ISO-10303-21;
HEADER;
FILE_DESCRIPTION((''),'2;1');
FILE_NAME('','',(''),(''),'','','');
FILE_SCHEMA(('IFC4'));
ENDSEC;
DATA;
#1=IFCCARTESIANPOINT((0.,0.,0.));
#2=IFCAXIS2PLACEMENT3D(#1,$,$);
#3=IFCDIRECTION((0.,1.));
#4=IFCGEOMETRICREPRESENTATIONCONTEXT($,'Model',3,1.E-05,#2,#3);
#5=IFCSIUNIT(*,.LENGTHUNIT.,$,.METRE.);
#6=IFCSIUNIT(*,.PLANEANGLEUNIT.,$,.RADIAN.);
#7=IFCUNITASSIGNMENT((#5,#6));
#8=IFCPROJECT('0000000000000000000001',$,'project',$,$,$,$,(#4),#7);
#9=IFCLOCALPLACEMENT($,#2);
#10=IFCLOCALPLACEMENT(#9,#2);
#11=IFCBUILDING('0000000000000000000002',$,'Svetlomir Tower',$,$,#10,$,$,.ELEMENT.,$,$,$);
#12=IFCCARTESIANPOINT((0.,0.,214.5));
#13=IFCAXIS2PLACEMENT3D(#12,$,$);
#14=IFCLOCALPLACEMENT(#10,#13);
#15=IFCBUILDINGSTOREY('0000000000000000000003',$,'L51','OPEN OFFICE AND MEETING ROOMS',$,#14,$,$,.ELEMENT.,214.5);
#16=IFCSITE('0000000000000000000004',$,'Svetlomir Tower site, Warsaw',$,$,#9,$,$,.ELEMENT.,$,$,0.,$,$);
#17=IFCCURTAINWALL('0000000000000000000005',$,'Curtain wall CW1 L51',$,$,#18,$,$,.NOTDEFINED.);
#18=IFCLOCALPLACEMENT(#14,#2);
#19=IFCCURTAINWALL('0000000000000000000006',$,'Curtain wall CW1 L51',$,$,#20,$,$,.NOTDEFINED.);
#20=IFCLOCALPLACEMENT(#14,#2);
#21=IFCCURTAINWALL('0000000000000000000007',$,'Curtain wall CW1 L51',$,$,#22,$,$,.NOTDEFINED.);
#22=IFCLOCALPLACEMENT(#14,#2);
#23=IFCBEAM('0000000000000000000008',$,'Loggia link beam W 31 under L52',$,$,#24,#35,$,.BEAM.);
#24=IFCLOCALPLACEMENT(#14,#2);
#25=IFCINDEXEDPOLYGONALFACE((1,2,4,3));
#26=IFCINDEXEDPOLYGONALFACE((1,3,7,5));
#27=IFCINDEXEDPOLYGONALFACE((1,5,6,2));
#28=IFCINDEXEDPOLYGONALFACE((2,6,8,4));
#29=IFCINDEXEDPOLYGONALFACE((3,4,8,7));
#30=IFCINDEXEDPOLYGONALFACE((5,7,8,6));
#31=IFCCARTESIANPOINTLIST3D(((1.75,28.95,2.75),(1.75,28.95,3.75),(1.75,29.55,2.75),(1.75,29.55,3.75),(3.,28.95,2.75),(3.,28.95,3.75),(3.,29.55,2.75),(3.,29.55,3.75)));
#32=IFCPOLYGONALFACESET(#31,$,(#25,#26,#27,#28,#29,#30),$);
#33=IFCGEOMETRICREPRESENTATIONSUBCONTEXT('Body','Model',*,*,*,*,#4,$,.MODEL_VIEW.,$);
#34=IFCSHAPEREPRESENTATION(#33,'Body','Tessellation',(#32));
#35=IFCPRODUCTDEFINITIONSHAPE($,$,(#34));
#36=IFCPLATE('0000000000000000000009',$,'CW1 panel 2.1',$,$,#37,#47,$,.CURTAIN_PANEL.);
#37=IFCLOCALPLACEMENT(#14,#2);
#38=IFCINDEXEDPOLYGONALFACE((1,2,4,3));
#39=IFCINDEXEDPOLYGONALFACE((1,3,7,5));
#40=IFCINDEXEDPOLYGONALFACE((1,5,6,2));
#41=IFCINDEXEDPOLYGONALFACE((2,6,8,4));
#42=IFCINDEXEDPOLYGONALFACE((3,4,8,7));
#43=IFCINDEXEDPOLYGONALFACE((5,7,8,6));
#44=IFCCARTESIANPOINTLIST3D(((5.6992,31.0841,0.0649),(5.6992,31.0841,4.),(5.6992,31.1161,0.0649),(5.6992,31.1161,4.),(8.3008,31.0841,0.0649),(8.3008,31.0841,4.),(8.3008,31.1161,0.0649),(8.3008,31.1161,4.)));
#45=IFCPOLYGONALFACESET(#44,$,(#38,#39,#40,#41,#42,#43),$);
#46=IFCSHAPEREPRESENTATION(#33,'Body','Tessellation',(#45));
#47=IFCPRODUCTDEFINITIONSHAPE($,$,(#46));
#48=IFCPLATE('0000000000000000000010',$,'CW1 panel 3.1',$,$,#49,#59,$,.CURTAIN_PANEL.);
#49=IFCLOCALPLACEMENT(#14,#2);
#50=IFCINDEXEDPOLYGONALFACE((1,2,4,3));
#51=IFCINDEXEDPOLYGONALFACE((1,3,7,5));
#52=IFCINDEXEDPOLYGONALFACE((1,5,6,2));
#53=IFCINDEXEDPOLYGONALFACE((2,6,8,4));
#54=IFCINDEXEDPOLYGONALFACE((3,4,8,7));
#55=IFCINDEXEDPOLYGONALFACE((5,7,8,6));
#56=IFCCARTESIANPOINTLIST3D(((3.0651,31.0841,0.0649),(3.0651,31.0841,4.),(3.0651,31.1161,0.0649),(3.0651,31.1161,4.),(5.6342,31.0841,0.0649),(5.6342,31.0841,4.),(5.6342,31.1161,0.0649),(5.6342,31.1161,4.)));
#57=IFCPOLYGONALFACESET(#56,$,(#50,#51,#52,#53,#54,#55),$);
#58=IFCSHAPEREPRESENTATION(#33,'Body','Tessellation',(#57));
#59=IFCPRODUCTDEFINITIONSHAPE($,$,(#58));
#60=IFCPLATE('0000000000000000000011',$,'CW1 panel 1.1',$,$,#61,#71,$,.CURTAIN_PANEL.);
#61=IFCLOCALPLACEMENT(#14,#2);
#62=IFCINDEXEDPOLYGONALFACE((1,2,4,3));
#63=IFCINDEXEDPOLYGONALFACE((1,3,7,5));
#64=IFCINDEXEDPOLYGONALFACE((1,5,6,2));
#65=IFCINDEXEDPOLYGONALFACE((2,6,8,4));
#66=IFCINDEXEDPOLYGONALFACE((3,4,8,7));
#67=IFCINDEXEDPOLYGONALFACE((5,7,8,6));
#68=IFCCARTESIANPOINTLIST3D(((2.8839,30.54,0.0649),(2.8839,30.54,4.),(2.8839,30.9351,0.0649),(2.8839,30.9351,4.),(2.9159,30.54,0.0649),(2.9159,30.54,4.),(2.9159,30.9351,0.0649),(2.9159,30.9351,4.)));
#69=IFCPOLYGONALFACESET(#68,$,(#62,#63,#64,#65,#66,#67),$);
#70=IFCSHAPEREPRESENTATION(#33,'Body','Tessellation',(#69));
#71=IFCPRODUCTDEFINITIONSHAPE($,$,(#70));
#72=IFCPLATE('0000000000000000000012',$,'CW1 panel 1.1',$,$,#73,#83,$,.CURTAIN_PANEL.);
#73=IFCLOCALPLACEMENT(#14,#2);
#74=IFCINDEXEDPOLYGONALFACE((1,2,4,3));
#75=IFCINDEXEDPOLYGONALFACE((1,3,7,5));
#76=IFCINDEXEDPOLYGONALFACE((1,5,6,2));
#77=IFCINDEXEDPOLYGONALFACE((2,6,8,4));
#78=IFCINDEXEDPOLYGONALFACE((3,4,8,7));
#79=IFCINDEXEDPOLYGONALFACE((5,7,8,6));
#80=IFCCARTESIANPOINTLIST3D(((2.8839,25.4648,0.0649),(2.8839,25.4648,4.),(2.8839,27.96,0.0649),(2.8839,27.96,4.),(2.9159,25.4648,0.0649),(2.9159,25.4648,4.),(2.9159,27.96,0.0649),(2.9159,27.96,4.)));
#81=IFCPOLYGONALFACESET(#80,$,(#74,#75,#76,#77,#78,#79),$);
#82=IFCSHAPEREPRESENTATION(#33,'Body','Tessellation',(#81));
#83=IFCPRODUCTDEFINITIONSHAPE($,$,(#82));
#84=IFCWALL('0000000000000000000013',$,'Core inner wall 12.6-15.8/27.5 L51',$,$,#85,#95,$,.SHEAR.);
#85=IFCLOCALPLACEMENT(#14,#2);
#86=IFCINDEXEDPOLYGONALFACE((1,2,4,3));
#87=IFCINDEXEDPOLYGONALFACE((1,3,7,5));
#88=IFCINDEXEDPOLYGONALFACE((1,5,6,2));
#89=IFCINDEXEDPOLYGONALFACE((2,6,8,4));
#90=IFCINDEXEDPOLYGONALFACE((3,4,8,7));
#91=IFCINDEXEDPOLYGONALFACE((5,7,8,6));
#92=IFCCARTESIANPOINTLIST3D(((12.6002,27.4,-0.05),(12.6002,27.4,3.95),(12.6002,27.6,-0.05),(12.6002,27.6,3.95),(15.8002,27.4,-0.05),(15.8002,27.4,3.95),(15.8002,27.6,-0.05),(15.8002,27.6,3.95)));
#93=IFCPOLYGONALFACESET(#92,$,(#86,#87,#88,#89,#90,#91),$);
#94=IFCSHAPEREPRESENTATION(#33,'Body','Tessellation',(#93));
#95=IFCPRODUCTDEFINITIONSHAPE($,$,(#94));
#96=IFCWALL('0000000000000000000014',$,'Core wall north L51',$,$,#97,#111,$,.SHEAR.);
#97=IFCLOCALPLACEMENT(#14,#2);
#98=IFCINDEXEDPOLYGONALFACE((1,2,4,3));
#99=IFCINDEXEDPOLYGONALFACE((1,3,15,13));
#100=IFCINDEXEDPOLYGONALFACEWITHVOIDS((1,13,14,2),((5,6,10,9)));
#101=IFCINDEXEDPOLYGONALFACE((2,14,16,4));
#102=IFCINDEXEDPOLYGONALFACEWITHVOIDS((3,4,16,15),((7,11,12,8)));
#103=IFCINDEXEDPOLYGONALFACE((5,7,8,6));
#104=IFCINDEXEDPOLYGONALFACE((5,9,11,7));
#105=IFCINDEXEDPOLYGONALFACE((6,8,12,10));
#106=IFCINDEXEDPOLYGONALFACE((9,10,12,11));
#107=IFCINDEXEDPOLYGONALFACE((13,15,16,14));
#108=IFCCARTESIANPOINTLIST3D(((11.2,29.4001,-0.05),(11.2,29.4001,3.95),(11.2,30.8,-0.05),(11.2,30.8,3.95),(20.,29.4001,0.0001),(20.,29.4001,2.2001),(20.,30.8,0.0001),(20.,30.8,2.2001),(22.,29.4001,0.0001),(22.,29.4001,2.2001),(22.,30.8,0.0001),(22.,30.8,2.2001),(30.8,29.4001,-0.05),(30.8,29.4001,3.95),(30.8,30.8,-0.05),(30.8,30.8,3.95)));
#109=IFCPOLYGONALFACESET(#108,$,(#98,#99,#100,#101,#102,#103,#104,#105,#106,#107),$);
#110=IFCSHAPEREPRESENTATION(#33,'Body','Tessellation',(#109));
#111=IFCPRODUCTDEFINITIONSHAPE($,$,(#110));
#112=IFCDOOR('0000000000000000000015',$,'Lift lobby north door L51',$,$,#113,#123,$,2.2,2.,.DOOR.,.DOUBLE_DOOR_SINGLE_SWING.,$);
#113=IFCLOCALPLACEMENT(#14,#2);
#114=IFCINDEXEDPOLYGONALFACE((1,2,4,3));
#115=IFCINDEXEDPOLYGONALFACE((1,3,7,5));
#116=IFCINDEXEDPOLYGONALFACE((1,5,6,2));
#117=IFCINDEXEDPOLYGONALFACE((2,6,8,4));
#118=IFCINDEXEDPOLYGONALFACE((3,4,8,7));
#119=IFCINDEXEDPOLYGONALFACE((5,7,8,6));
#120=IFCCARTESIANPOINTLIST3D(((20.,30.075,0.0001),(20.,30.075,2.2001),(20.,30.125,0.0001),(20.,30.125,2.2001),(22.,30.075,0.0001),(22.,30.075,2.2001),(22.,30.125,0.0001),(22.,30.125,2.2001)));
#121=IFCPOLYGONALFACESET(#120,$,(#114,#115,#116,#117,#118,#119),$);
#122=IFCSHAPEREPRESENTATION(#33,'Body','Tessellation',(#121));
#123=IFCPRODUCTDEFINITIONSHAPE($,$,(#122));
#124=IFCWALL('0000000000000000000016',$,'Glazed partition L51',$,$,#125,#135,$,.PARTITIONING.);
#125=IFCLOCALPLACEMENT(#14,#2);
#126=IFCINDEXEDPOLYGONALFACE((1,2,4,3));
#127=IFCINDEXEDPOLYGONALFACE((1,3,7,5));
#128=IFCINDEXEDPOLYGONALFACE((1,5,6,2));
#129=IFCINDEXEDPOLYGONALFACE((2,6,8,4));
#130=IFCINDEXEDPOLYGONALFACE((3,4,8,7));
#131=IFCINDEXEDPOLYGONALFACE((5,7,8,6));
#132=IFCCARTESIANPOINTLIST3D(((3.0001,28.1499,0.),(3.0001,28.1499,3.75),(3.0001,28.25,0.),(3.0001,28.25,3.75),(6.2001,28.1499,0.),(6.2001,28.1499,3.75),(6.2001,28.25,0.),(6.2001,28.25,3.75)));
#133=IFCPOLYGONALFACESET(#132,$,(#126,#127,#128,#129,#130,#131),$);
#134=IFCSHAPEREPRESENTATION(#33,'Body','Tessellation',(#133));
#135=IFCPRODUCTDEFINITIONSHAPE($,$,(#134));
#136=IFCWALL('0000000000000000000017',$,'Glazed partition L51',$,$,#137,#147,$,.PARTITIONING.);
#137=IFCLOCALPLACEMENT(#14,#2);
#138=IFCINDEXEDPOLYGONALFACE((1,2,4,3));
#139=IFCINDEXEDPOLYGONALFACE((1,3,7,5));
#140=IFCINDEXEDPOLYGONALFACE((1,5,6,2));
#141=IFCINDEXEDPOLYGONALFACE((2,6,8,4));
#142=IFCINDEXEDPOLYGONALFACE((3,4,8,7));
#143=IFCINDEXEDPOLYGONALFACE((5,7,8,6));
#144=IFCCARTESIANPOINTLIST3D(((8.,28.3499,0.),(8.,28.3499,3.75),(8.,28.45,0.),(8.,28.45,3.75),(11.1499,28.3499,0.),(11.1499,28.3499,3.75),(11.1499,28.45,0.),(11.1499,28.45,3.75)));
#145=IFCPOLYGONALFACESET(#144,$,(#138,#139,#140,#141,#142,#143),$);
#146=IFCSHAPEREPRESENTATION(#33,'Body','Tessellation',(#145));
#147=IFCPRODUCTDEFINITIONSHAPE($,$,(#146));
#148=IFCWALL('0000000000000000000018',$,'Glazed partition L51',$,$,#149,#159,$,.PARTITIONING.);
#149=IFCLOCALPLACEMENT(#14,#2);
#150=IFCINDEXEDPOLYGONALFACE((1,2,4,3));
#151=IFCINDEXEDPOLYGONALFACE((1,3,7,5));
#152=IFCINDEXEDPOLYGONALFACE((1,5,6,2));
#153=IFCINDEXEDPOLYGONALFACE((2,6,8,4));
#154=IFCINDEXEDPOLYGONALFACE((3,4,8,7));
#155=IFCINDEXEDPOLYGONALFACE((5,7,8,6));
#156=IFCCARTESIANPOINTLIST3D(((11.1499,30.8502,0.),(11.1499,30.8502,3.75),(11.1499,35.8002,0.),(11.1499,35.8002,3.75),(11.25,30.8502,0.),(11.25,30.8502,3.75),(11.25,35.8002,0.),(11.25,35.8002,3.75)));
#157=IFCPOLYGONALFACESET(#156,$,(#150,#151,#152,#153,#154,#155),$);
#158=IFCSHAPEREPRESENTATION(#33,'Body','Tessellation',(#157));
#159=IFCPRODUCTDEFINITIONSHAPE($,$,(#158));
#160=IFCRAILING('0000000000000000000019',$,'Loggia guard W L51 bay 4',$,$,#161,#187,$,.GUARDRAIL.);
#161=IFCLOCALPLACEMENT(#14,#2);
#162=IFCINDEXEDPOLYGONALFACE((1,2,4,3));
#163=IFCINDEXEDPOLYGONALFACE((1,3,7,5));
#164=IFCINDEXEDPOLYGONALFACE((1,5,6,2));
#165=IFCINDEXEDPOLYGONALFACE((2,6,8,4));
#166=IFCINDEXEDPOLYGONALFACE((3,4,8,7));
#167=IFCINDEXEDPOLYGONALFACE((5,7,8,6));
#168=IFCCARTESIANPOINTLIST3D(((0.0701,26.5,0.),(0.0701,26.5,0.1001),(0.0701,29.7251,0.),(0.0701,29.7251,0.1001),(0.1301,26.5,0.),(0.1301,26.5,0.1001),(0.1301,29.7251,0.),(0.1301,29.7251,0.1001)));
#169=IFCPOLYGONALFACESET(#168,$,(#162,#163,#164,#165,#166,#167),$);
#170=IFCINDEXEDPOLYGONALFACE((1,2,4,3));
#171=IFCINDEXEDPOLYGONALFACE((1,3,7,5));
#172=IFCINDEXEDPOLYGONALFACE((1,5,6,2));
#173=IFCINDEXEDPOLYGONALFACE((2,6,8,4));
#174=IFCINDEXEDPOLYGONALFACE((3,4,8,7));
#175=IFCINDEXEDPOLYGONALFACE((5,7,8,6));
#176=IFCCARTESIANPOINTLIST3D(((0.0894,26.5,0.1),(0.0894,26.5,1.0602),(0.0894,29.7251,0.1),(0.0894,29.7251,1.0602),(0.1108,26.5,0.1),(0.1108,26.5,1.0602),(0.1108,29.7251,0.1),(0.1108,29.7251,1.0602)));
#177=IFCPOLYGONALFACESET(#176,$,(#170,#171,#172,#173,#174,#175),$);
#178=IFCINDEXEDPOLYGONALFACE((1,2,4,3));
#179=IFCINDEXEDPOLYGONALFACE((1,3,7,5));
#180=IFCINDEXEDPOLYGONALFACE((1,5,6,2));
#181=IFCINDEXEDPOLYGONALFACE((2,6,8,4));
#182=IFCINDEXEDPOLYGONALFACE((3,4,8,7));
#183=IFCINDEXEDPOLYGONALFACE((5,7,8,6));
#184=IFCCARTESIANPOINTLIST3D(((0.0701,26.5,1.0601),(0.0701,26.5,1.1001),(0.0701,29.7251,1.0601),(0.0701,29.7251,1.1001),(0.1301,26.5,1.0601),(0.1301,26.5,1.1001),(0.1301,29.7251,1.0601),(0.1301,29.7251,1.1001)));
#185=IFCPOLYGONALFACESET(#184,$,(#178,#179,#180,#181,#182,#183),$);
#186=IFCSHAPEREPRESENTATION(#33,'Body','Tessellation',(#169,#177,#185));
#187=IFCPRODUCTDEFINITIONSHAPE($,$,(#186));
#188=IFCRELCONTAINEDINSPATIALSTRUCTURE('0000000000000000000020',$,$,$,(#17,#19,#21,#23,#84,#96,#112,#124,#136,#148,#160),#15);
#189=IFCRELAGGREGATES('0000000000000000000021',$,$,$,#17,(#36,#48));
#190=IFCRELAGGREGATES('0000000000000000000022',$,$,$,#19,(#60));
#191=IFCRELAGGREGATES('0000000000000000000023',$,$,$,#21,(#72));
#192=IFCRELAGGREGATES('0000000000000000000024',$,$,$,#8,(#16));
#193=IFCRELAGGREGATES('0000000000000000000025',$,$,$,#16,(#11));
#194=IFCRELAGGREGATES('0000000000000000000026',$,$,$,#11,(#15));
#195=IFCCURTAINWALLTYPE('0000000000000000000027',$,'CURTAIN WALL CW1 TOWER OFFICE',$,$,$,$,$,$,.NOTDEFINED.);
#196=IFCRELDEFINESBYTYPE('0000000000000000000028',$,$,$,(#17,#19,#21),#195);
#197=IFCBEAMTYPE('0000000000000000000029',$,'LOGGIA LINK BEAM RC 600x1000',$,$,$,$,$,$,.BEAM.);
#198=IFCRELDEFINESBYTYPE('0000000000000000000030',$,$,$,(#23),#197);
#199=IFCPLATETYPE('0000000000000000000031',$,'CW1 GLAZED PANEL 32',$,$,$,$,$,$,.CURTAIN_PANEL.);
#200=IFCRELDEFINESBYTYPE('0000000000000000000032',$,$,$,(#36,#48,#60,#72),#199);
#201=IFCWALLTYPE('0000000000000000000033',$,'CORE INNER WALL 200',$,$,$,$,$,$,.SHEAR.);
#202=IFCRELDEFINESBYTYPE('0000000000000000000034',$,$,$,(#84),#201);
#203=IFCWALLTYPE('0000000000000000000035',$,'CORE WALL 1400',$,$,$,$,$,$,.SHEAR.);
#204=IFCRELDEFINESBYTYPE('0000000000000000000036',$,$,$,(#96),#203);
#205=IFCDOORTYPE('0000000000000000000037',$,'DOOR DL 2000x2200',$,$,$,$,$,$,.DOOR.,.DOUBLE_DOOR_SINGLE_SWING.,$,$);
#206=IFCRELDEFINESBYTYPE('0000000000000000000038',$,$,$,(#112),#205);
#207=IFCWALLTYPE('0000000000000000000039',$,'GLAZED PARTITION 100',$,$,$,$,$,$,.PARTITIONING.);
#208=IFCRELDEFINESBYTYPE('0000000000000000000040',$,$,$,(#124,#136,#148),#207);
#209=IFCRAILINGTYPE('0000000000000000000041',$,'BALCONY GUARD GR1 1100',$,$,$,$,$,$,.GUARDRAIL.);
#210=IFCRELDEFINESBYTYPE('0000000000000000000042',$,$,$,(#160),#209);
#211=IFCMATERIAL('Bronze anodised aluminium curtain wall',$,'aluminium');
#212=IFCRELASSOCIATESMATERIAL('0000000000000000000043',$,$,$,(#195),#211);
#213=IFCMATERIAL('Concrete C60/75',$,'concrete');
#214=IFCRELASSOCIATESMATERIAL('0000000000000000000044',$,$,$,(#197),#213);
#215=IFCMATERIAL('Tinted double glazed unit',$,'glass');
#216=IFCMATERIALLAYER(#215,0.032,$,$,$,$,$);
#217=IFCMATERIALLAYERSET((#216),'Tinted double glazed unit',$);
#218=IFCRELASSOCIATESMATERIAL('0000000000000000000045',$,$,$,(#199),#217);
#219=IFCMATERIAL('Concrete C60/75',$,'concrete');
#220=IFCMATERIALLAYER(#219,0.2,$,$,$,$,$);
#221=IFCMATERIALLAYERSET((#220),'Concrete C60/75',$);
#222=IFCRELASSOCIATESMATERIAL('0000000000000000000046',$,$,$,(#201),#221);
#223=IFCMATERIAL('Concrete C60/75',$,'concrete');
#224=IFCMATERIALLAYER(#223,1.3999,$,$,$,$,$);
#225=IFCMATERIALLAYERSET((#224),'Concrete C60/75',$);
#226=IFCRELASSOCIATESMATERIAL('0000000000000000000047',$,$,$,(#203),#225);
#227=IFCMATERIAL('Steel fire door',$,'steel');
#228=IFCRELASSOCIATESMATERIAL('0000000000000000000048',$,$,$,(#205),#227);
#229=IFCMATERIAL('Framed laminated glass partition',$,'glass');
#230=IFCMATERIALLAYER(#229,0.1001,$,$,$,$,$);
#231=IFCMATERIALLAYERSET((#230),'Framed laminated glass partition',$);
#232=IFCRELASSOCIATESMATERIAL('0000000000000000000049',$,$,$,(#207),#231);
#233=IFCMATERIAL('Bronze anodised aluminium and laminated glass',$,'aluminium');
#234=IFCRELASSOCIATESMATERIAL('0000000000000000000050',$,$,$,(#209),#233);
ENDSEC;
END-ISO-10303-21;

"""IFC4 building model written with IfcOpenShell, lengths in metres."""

from ifc_helpers import new_model, si_unit, direction, frame, frame_2d, origin, origin_2d, place, context, subcontext, project, spatial, rectangle, extrude, material, layer, layer_set, material_profile, profile_set, type_object, element, fill, aggregate, save


model = new_model("IFC4")

# Units and contexts
model_context = context("Model", 3, precision=1e-05, world=origin(), true_north=direction((0.0, 1.0)))
body_context = subcontext(model_context, "Body", "Model", "MODEL_VIEW")
ifc_project = project(units=[si_unit("LENGTHUNIT", "METRE"), si_unit("PLANEANGLEUNIT", "RADIAN")], contexts=[model_context])

# Site, building, storey
site_placement = place(None, origin())
site = spatial("IfcSite", under=ifc_project, at=site_placement, Name="Svetlomir Tower site, Warsaw", CompositionType="ELEMENT", RefElevation=0.0)
building_placement = place(site_placement, origin())
building = spatial("IfcBuilding", under=site, at=building_placement, Name="Svetlomir Tower", CompositionType="ELEMENT")
storey_placement = place(building_placement, frame((0.0, 0.0, 214.5)))
storey = spatial("IfcBuildingStorey", under=building, at=storey_placement, Name="L51", Description="OPEN OFFICE AND MEETING ROOMS", CompositionType="ELEMENT", Elevation=214.5)

# Shared definitions
ifc_material_1 = material(Name="Bronze anodised aluminium curtain wall", Category="aluminium")
curtain_wall_type = type_object("IfcCurtainWallType", Name="CURTAIN WALL CW1 TOWER OFFICE", PredefinedType="NOTDEFINED", material=ifc_material_1)

# Curtain walls
curtain_wall_1_placement = place(storey_placement, origin())
curtain_wall_1 = element("IfcCurtainWall", 1, at=curtain_wall_1_placement, inside=storey, type_object=curtain_wall_type, Name="Curtain wall CW1 L51", PredefinedType="NOTDEFINED")
curtain_wall_2_placement = place(storey_placement, origin())
curtain_wall_2 = element("IfcCurtainWall", 2, at=curtain_wall_2_placement, inside=storey, type_object=curtain_wall_type, Name="Curtain wall CW1 L51", PredefinedType="NOTDEFINED")

# Curtain wall
curtain_wall_3_placement = place(storey_placement, origin())
curtain_wall_3 = element("IfcCurtainWall", 3, at=curtain_wall_3_placement, inside=storey, type_object=curtain_wall_type, Name="Curtain wall CW1 L51", PredefinedType="NOTDEFINED")

# Beam
ifc_material_2 = material(Name="Concrete C60/75", Category="concrete")
ifc_material_profile_1 = material_profile(ifc_material_2, rectangle(XDim=0.6001, YDim=1.0, at=origin_2d()), Name="RC 600x1000")
ifc_profile_set_1 = profile_set([ifc_material_profile_1], Name="Concrete C60/75")
beam_type_1 = type_object("IfcBeamType", Name="LOGGIA LINK BEAM RC 600x1000", PredefinedType="BEAM", material=ifc_profile_set_1)
beam_1_placement = place(storey_placement, frame((1.75, 29.25, 3.25), z_axis=(1.0, 0.0, 0.0), x_axis=(0.0, 1.0, 0.0)))
element("IfcBeam", 4, at=beam_1_placement, inside=storey, type_object=beam_type_1, Name="Loggia link beam W 31 under L52", PredefinedType="BEAM", context=body_context, shape_type="SweptSolid", body=[
    extrude(rectangle(XDim=0.6001, YDim=1.0, at=origin_2d()), origin(), (0.0, 0.0, 1.0), 1.25),
])

# Plates
ifc_material_3 = material(Name="Tinted double glazed unit", Category="glass")
ifc_layer_1 = layer(ifc_material_3, 0.032)
ifc_layer_set_1 = layer_set([ifc_layer_1], Name="Tinted double glazed unit")
plate_type = type_object("IfcPlateType", Name="CW1 GLAZED PANEL 32", PredefinedType="CURTAIN_PANEL", material=ifc_layer_set_1)
plate_1_placement = place(storey_placement, frame((7.0, 31.1001, 0.0649), z_axis=(0.0, 0.0, 1.0), x_axis=(-1.0, 0.0, 0.0)))
plate_1 = element("IfcPlate", 5, at=plate_1_placement, type_object=plate_type, Name="CW1 panel 2.1", PredefinedType="CURTAIN_PANEL", context=body_context, shape_type="SweptSolid", body=[
    extrude(rectangle(XDim=2.6016, YDim=0.032, at=origin_2d()), origin(), (0.0, 0.0, 1.0), 3.9351),
])
plate_2_placement = place(storey_placement, frame((4.3496, 31.1001, 0.0649), z_axis=(0.0, 0.0, 1.0), x_axis=(-1.0, 0.0, 0.0)))
plate_2 = element("IfcPlate", 6, at=plate_2_placement, type_object=plate_type, Name="CW1 panel 3.1", PredefinedType="CURTAIN_PANEL", context=body_context, shape_type="SweptSolid", body=[
    extrude(rectangle(XDim=2.5691, YDim=0.032, at=origin_2d()), origin(), (0.0, 0.0, 1.0), 3.9351),
])
aggregate(curtain_wall_1, [plate_1, plate_2])
plate_3_placement = place(storey_placement, frame((2.8999, 30.7375, 0.0649), z_axis=(0.0, 0.0, 1.0), x_axis=(0.0, -1.0, 0.0)))
plate_3 = element("IfcPlate", 7, at=plate_3_placement, type_object=plate_type, Name="CW1 panel 1.1", PredefinedType="CURTAIN_PANEL", context=body_context, shape_type="SweptSolid", body=[
    extrude(rectangle(XDim=0.395, YDim=0.032, at=origin_2d()), origin(), (0.0, 0.0, 1.0), 3.9351),
])
aggregate(curtain_wall_2, [plate_3])
plate_4_placement = place(storey_placement, frame((2.8999, 26.7124, 0.0649), z_axis=(0.0, 0.0, 1.0), x_axis=(0.0, -1.0, 0.0)))
plate_4 = element("IfcPlate", 8, at=plate_4_placement, type_object=plate_type, Name="CW1 panel 1.1", PredefinedType="CURTAIN_PANEL", context=body_context, shape_type="SweptSolid", body=[
    extrude(rectangle(XDim=2.4951, YDim=0.032, at=origin_2d()), origin(), (0.0, 0.0, 1.0), 3.9351),
])
aggregate(curtain_wall_3, [plate_4])

# Wall
ifc_material_4 = material(Name="Concrete C60/75", Category="concrete")
ifc_layer_2 = layer(ifc_material_4, 0.2)
ifc_layer_set_2 = layer_set([ifc_layer_2], Name="Concrete C60/75")
wall_type_1 = type_object("IfcWallType", Name="CORE INNER WALL 200", PredefinedType="SHEAR", material=ifc_layer_set_2)
wall_1_placement = place(storey_placement, frame((12.6001, 27.5, -0.05), z_axis=(0.0, 0.0, 1.0), x_axis=(1.0, 0.0, 0.0)))
element("IfcWall", 9, at=wall_1_placement, inside=storey, type_object=wall_type_1, Name="Core inner wall 12.6-15.8/27.5 L51", PredefinedType="SHEAR", context=body_context, shape_type="SweptSolid", body=[
    extrude(rectangle(XDim=3.2, YDim=0.2, at=frame_2d((1.6001, 0.0))), origin(), (0.0, 0.0, 1.0), 4.0),
])

# Wall, opening, door
ifc_material_5 = material(Name="Concrete C60/75", Category="concrete")
ifc_layer_3 = layer(ifc_material_5, 1.3999)
ifc_layer_set_3 = layer_set([ifc_layer_3], Name="Concrete C60/75")
wall_type_2 = type_object("IfcWallType", Name="CORE WALL 1400", PredefinedType="SHEAR", material=ifc_layer_set_3)
wall_2_placement = place(storey_placement, frame((11.2, 30.1001, -0.05), z_axis=(0.0, 0.0, 1.0), x_axis=(1.0, 0.0, 0.0)))
wall_2 = element("IfcWall", 10, at=wall_2_placement, inside=storey, type_object=wall_type_2, Name="Core wall north L51", PredefinedType="SHEAR", context=body_context, shape_type="SweptSolid", body=[
    extrude(rectangle(XDim=19.6001, YDim=1.3999, at=frame_2d((9.8, 0.0))), origin(), (0.0, 0.0, 1.0), 4.0),
])
opening_placement = place(wall_2_placement, frame((8.8, 0.0, 0.05)))
opening = element("IfcOpeningElement", 11, at=opening_placement, cuts=wall_2, PredefinedType="OPENING", context=body_context, shape_type="SweptSolid", body=[
    extrude(rectangle(XDim=2.0, YDim=2.2, at=frame_2d((1.0, 1.1001))), frame((0.0, 0.71, 0.0), z_axis=(0.0, -1.0, 0.0), x_axis=(1.0, 0.0, 0.0)), (0.0, 0.0, 1.0), 1.4199),
])
ifc_material_6 = material(Name="Steel fire door", Category="steel")
door_type = type_object("IfcDoorType", Name="DOOR DL 2000x2200", OperationType="DOUBLE_DOOR_SINGLE_SWING", PredefinedType="DOOR", material=ifc_material_6)
door_placement = place(opening_placement, origin())
door = element("IfcDoor", 12, at=door_placement, inside=storey, type_object=door_type, Name="Lift lobby north door L51", OperationType="DOUBLE_DOOR_SINGLE_SWING", OverallHeight=2.2, OverallWidth=2.0, PredefinedType="DOOR", context=body_context, shape_type="SweptSolid", body=[
    extrude(rectangle(XDim=2.0, YDim=2.2, at=frame_2d((1.0, 1.1001))), frame((0.0, 0.0249, 0.0), z_axis=(0.0, -1.0, 0.0), x_axis=(1.0, 0.0, 0.0)), (0.0, 0.0, 1.0), 0.05),
])
fill(opening, door)

# Walls
ifc_material_7 = material(Name="Framed laminated glass partition", Category="glass")
ifc_layer_4 = layer(ifc_material_7, 0.1001)
ifc_layer_set_4 = layer_set([ifc_layer_4], Name="Framed laminated glass partition")
wall_type_3 = type_object("IfcWallType", Name="GLAZED PARTITION 100", PredefinedType="PARTITIONING", material=ifc_layer_set_4)
wall_3_placement = place(storey_placement, frame((3.0, 28.2, 0.0), z_axis=(0.0, 0.0, 1.0), x_axis=(1.0, 0.0, 0.0)))
element("IfcWall", 13, at=wall_3_placement, inside=storey, type_object=wall_type_3, Name="Glazed partition L51", PredefinedType="PARTITIONING", context=body_context, shape_type="SweptSolid", body=[
    extrude(rectangle(XDim=3.2, YDim=0.1001, at=frame_2d((1.6001, 0.0))), origin(), (0.0, 0.0, 1.0), 3.75),
])
wall_4_placement = place(storey_placement, frame((8.0, 28.3999, 0.0), z_axis=(0.0, 0.0, 1.0), x_axis=(1.0, 0.0, 0.0)))
element("IfcWall", 14, at=wall_4_placement, inside=storey, type_object=wall_type_3, Name="Glazed partition L51", PredefinedType="PARTITIONING", context=body_context, shape_type="SweptSolid", body=[
    extrude(rectangle(XDim=3.1499, YDim=0.1001, at=frame_2d((1.575, 0.0))), origin(), (0.0, 0.0, 1.0), 3.75),
])
wall_5_placement = place(storey_placement, frame((11.2, 30.8501, 0.0), z_axis=(0.0, 0.0, 1.0), x_axis=(0.0, 1.0, 0.0)))
element("IfcWall", 15, at=wall_5_placement, inside=storey, type_object=wall_type_3, Name="Glazed partition L51", PredefinedType="PARTITIONING", context=body_context, shape_type="SweptSolid", body=[
    extrude(rectangle(XDim=4.95, YDim=0.1001, at=frame_2d((2.4751, 0.0))), origin(), (0.0, 0.0, 1.0), 3.75),
])

# Railing
ifc_material_8 = material(Name="Bronze anodised aluminium and laminated glass", Category="aluminium")
railing_type = type_object("IfcRailingType", Name="BALCONY GUARD GR1 1100", PredefinedType="GUARDRAIL", material=ifc_material_8)
railing_1_placement = place(storey_placement, frame((0.1001, 26.5, 0.0)))
element("IfcRailing", 16, at=railing_1_placement, inside=storey, type_object=railing_type, Name="Loggia guard W L51 bay 4", PredefinedType="GUARDRAIL", context=body_context, shape_type="SweptSolid", body=[
    extrude(rectangle(XDim=0.0601, YDim=0.1001, at=origin_2d()), frame((0.0, 0.0, 0.05), z_axis=(0.0, 1.0, 0.0), x_axis=(-1.0, 0.0, 0.0)), (0.0, 0.0, 1.0), 3.2251),
    extrude(rectangle(XDim=0.0215, YDim=0.9602, at=origin_2d()), frame((0.0, 0.0, 0.5801), z_axis=(0.0, 1.0, 0.0), x_axis=(-1.0, 0.0, 0.0)), (0.0, 0.0, 1.0), 3.2251),
    extrude(rectangle(XDim=0.0601, YDim=0.04, at=origin_2d()), frame((0.0, 0.0, 1.0801), z_axis=(0.0, 1.0, 0.0), x_axis=(-1.0, 0.0, 0.0)), (0.0, 0.0, 1.0), 3.2251),
])

save(model, "model.ifc")
